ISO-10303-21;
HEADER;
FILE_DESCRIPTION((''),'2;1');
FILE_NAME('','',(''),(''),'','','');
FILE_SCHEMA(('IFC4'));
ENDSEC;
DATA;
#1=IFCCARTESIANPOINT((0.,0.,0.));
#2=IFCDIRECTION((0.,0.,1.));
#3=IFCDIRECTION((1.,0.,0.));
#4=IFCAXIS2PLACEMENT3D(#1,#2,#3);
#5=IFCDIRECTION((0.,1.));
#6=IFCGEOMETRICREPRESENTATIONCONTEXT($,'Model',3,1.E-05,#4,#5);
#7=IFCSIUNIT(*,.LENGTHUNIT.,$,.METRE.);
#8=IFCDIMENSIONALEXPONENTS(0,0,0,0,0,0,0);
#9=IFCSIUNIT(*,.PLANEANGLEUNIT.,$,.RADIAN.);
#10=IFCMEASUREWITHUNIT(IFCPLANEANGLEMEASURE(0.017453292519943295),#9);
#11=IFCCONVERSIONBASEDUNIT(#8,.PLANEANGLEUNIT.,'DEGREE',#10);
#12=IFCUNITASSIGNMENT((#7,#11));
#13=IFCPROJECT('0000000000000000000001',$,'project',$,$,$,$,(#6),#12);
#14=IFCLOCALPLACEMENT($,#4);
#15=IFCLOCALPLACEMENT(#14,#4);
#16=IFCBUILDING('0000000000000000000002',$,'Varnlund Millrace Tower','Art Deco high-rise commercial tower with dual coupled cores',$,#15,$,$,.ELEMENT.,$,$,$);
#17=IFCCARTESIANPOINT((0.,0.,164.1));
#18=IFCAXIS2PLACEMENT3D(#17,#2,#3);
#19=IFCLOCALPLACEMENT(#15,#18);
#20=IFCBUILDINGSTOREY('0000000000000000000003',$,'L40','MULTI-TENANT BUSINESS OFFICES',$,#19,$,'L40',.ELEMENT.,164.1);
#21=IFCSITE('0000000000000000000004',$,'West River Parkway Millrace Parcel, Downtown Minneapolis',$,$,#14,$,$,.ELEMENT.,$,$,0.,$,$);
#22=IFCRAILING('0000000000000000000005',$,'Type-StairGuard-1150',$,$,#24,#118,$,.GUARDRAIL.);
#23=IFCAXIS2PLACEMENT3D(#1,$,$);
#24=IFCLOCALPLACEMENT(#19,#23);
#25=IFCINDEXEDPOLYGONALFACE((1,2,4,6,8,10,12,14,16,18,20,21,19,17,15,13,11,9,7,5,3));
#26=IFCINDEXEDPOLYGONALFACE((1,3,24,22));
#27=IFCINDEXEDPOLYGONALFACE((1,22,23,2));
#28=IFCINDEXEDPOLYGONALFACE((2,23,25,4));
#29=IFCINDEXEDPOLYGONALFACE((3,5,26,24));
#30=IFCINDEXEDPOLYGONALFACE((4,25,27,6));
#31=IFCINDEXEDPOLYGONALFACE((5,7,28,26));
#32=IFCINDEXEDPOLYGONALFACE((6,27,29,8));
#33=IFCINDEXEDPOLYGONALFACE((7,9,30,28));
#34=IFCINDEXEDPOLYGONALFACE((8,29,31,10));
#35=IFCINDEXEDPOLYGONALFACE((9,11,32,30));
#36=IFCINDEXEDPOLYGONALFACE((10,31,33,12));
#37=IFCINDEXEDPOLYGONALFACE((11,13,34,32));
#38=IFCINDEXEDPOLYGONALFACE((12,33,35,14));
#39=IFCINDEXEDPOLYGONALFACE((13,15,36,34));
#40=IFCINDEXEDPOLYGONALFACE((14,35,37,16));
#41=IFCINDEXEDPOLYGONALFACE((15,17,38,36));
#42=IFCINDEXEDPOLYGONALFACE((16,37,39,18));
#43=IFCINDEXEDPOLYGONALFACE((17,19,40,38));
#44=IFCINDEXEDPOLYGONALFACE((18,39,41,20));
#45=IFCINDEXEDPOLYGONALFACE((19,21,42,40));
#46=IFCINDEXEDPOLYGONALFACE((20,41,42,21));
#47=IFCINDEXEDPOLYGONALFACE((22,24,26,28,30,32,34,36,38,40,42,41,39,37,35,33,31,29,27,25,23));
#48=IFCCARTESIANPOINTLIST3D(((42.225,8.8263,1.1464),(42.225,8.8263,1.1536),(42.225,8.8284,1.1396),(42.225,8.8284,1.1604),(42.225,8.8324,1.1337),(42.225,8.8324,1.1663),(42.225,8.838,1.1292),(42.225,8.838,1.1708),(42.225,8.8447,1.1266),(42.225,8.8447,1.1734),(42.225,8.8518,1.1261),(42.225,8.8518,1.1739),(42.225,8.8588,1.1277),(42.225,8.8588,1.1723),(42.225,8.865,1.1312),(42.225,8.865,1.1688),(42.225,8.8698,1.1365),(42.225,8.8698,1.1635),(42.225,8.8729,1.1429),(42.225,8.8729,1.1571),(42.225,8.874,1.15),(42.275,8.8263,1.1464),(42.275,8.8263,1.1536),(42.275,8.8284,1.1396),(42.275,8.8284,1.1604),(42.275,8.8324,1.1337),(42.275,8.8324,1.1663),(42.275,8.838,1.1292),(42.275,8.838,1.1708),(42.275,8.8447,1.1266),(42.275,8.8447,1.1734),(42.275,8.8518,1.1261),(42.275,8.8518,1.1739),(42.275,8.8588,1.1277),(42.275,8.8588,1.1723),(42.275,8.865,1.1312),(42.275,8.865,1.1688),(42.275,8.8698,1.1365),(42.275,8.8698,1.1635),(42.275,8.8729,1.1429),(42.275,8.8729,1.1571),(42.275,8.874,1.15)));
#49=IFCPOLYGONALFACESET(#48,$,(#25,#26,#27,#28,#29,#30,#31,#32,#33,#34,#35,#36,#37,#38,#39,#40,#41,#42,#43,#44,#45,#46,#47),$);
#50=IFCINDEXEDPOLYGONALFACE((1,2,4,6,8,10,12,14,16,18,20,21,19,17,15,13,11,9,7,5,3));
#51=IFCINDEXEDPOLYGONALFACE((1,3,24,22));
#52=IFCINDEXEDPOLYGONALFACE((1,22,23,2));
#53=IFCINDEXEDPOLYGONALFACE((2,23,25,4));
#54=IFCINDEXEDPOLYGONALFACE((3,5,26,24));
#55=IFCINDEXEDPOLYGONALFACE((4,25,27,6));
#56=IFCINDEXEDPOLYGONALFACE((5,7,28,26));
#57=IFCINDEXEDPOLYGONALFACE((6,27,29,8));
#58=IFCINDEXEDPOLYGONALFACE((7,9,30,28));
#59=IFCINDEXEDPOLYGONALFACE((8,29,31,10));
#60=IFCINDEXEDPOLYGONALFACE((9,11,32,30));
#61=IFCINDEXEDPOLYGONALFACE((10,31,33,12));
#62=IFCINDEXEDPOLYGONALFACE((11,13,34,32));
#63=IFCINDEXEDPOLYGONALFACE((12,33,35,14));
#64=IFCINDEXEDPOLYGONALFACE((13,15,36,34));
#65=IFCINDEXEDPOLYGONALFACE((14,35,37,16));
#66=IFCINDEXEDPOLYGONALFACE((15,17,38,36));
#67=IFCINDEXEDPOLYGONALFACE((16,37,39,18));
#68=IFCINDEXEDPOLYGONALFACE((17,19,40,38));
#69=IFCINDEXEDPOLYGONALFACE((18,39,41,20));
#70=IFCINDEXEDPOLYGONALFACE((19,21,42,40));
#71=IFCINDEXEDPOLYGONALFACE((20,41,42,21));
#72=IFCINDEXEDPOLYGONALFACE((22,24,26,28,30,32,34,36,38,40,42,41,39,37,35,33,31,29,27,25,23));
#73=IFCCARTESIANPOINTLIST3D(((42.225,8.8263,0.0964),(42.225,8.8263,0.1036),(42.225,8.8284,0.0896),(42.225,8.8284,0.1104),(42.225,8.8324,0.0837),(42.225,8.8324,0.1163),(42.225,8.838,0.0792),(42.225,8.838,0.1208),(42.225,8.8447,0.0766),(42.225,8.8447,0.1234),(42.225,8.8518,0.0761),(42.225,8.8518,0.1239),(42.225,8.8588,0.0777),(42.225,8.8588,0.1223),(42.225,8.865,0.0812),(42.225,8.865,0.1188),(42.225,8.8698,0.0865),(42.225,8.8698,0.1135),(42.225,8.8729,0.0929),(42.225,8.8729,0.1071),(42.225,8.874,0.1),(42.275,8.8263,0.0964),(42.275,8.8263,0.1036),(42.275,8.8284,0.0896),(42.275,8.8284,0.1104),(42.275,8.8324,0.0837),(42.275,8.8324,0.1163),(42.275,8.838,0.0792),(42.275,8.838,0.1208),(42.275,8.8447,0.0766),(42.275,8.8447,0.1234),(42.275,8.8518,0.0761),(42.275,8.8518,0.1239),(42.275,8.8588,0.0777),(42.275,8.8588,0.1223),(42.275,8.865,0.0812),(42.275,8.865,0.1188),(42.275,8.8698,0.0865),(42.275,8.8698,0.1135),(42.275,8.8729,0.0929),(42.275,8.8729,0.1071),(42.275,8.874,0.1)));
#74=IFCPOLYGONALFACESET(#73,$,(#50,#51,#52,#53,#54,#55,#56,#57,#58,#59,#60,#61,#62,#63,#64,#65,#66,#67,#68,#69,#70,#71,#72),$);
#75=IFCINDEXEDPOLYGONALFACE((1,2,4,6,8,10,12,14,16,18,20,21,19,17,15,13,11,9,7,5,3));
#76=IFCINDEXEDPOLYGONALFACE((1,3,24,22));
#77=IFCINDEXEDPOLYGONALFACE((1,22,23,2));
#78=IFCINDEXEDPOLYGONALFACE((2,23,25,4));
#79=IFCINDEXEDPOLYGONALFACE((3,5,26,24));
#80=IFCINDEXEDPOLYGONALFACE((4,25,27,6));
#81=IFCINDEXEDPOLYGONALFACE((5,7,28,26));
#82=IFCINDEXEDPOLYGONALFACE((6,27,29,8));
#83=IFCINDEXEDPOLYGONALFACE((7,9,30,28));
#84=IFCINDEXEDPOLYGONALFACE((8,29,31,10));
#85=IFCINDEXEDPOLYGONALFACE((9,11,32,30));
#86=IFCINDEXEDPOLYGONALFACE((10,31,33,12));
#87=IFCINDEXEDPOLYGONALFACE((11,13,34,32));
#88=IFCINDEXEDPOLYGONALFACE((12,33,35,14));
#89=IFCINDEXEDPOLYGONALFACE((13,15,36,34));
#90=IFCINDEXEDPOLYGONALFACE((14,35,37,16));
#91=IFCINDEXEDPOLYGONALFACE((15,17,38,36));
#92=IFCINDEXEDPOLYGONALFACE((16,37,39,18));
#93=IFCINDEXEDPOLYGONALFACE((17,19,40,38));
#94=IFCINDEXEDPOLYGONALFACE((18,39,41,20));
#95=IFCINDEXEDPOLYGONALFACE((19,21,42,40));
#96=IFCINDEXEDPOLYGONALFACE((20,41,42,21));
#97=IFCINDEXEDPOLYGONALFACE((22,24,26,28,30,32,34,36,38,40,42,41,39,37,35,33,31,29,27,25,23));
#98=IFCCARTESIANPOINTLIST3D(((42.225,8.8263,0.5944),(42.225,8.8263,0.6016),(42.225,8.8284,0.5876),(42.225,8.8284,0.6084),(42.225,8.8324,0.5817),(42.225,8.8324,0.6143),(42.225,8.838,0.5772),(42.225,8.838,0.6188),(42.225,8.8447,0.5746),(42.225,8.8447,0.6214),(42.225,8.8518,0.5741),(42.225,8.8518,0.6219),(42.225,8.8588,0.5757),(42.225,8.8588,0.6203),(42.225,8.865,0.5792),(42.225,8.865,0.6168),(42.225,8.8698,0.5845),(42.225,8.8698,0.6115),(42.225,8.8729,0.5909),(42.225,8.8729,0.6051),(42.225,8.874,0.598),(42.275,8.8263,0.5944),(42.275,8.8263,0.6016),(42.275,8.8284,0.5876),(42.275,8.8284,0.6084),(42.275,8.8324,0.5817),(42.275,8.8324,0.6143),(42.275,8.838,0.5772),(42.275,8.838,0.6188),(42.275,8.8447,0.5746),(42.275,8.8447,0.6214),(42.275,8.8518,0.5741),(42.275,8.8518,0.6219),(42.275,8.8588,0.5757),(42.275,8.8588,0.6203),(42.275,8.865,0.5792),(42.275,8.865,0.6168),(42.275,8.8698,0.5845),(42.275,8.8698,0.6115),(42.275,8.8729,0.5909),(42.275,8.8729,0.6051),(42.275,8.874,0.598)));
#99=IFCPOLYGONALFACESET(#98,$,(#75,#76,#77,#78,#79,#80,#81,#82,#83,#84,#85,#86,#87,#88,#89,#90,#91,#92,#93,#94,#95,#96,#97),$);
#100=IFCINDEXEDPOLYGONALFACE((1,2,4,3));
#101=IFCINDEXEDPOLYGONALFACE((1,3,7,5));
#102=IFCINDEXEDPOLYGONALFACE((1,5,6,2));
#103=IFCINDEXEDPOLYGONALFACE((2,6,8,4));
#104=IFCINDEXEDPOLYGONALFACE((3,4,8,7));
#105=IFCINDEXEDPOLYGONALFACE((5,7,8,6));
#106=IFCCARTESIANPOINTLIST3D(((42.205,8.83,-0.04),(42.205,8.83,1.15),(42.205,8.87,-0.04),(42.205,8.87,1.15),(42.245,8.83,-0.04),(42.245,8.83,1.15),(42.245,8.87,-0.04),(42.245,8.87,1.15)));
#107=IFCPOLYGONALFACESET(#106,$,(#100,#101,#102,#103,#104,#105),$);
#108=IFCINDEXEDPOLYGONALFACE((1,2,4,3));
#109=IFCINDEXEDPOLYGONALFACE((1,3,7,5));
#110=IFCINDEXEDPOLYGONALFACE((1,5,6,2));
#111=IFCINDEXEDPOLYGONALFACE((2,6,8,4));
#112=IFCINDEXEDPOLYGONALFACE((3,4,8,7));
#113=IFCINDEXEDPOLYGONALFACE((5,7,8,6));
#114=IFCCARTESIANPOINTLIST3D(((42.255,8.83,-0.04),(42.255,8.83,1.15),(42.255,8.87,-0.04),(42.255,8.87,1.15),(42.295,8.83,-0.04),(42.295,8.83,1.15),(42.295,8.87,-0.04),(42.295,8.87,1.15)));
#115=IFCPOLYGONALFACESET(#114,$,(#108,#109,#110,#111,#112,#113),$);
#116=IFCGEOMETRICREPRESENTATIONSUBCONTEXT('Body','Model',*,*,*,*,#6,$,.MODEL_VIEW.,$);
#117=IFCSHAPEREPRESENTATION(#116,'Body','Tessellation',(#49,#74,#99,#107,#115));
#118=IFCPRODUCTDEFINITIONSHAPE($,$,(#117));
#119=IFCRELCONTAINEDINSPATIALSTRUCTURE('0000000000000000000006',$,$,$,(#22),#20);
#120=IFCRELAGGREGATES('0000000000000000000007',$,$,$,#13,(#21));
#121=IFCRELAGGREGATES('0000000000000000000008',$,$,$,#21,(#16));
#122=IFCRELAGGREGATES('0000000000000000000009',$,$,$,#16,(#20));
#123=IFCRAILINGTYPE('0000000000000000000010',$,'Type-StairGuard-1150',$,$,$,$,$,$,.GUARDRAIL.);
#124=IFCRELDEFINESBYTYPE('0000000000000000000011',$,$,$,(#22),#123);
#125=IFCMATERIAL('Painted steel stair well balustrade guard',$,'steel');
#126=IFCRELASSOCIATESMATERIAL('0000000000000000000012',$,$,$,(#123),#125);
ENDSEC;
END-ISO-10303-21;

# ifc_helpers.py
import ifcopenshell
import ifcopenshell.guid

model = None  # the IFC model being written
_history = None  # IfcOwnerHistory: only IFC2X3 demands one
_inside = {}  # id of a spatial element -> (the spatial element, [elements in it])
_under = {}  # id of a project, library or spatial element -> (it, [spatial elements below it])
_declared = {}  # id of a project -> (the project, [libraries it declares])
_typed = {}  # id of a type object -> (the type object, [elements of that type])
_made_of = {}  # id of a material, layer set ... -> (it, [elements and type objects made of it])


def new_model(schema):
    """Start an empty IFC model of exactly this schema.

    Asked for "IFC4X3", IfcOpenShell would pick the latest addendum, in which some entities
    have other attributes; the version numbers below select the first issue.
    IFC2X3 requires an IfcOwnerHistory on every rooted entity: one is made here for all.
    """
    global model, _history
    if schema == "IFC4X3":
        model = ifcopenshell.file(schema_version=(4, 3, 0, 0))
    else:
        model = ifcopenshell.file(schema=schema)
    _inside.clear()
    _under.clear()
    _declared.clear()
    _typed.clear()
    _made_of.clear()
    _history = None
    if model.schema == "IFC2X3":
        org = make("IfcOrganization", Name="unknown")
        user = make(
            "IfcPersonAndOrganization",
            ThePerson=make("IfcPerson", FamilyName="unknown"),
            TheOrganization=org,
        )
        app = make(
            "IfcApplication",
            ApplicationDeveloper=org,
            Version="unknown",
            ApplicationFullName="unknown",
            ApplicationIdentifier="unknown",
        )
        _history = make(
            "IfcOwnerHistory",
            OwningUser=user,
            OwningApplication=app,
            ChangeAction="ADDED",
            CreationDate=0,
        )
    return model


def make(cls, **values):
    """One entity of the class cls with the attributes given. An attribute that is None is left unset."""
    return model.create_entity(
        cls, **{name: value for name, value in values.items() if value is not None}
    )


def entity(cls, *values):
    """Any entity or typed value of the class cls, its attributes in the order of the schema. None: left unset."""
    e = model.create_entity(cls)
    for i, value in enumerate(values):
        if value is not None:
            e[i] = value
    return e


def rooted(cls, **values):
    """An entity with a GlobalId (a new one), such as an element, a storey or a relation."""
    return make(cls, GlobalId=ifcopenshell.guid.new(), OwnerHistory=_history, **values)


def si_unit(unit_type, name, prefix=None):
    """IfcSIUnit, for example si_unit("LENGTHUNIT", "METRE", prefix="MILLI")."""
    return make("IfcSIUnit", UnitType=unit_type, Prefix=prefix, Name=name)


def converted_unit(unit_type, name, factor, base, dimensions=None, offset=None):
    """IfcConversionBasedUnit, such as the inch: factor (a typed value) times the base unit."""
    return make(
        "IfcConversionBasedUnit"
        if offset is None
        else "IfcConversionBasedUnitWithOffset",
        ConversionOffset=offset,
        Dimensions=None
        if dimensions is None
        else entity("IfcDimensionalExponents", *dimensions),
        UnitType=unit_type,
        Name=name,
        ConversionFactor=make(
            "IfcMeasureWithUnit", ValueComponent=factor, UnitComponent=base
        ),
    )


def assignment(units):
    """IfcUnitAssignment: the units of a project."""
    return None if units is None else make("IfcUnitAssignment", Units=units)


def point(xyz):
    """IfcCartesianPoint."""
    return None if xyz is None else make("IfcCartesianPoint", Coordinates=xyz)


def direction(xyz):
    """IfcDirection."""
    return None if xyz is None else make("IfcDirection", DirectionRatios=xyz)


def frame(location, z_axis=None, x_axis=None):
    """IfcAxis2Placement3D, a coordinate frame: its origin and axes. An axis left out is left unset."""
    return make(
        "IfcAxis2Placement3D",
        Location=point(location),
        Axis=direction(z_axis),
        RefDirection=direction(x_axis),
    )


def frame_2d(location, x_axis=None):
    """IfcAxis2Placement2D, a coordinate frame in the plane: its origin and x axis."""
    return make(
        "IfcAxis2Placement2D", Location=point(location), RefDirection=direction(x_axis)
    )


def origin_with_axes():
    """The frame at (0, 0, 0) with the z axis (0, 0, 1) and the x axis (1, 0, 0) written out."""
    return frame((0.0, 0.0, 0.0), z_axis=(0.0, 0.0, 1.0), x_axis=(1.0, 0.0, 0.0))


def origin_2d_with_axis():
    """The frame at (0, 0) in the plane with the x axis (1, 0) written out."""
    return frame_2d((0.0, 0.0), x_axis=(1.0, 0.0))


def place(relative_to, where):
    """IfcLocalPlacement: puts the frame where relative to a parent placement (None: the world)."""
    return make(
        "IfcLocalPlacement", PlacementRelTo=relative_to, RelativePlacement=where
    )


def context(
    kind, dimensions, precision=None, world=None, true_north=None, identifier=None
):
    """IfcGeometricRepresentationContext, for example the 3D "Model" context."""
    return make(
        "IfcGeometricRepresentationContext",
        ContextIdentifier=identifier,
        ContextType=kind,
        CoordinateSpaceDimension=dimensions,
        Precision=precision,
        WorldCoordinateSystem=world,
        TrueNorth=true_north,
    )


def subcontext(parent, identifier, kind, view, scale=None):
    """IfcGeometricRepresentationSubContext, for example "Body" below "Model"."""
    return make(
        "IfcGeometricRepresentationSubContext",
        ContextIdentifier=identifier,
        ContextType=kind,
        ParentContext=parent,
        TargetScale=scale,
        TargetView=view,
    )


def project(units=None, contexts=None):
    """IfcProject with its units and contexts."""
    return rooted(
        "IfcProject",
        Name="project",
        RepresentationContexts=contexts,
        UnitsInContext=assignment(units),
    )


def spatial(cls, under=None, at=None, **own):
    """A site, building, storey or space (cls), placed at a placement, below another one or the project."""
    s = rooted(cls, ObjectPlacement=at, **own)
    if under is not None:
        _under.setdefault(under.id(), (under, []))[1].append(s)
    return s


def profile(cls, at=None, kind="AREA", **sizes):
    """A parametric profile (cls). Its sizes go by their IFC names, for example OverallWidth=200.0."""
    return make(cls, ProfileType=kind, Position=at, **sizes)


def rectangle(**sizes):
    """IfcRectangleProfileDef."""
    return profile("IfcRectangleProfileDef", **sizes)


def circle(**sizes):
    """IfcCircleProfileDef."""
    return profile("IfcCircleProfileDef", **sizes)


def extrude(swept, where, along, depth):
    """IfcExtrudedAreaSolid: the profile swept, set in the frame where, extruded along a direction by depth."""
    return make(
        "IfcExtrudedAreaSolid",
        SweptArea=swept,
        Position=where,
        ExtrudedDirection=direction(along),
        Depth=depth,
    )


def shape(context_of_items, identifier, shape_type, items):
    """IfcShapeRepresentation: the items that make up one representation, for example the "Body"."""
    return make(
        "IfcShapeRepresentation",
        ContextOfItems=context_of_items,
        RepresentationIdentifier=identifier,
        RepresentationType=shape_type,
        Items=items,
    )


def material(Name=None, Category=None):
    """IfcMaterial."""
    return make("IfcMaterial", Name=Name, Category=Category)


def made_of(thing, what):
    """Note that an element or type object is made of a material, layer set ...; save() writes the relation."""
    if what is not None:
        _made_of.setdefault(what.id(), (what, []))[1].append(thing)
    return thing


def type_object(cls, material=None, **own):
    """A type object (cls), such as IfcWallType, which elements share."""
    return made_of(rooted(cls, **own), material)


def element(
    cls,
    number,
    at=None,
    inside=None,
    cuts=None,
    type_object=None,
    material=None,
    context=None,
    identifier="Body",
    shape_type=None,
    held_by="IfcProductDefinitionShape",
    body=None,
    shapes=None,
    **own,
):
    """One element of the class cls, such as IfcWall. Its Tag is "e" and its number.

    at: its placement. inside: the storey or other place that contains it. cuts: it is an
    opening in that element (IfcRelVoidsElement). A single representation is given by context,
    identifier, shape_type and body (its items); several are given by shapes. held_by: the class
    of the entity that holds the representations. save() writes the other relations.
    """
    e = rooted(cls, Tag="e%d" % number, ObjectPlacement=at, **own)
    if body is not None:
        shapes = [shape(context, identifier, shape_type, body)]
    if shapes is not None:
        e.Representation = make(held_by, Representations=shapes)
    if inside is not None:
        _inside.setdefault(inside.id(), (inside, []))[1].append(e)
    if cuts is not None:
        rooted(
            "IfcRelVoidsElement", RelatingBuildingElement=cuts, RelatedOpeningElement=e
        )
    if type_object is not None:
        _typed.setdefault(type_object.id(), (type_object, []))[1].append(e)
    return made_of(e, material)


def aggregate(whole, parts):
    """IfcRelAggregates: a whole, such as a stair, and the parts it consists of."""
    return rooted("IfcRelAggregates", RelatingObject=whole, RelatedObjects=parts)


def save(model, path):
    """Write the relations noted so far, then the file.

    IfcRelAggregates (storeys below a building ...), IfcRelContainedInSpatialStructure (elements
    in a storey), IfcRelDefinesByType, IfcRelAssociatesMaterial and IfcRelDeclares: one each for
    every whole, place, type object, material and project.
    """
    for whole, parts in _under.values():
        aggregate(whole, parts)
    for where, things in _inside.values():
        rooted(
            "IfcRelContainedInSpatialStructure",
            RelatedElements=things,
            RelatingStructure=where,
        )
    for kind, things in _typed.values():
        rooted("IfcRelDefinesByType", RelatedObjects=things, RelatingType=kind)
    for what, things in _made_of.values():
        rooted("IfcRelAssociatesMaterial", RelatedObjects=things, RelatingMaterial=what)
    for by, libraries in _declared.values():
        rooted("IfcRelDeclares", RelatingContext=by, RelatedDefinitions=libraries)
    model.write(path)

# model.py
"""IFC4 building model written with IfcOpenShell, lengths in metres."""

from ifc_helpers import new_model, entity, si_unit, converted_unit, direction, frame, origin_with_axes, origin_2d_with_axis, place, context, subcontext, project, spatial, rectangle, circle, extrude, material, type_object, element, save


model = new_model("IFC4")

# Units and contexts
model_context = context("Model", 3, precision=1e-05, world=origin_with_axes(), true_north=direction((0.0, 1.0)))
body_context = subcontext(model_context, "Body", "Model", "MODEL_VIEW")
ifc_project = project(units=[si_unit("LENGTHUNIT", "METRE"), converted_unit("PLANEANGLEUNIT", "DEGREE", entity("IfcPlaneAngleMeasure", 0.017453292519943295), si_unit("PLANEANGLEUNIT", "RADIAN"), dimensions=[0, 0, 0, 0, 0, 0, 0])], contexts=[model_context])

# Site, building, storey
site_placement = place(None, origin_with_axes())
site = spatial("IfcSite", under=ifc_project, at=site_placement, Name="West River Parkway Millrace Parcel, Downtown Minneapolis", CompositionType="ELEMENT", RefElevation=0.0)
building_placement = place(site_placement, origin_with_axes())
building = spatial("IfcBuilding", under=site, at=building_placement, Name="Varnlund Millrace Tower", Description="Art Deco high-rise commercial tower with dual coupled cores", CompositionType="ELEMENT")
storey_placement = place(building_placement, frame((0.0, 0.0, 164.1), z_axis=(0.0, 0.0, 1.0), x_axis=(1.0, 0.0, 0.0)))
storey = spatial("IfcBuildingStorey", under=building, at=storey_placement, Name="L40", Description="MULTI-TENANT BUSINESS OFFICES", LongName="L40", CompositionType="ELEMENT", Elevation=164.1)

# Railing
ifc_material_1 = material(Name="Painted steel stair well balustrade guard", Category="steel")
railing_type_1 = type_object("IfcRailingType", Name="Type-StairGuard-1150", PredefinedType="GUARDRAIL", material=ifc_material_1)
railing_1_placement = place(storey_placement, frame((0.0, 0.0, -164.1), z_axis=(0.0, 0.0, 1.0), x_axis=(1.0, 0.0, 0.0)))
element("IfcRailing", 1, at=railing_1_placement, inside=storey, type_object=railing_type_1, Name="Type-StairGuard-1150", PredefinedType="GUARDRAIL", context=body_context, shape_type="SweptSolid", body=[
    extrude(circle(Radius=0.024, at=origin_2d_with_axis()), frame((42.225, 8.85, 165.25), z_axis=(1.0, 0.0, 0.0), x_axis=(0.0, 1.0, 0.0)), (0.0, 0.0, 1.0), 0.05),
    extrude(circle(Radius=0.024, at=origin_2d_with_axis()), frame((42.225, 8.85, 164.2), z_axis=(1.0, 0.0, 0.0), x_axis=(0.0, 1.0, 0.0)), (0.0, 0.0, 1.0), 0.05),
    extrude(circle(Radius=0.024, at=origin_2d_with_axis()), frame((42.225, 8.85, 164.698), z_axis=(1.0, 0.0, 0.0), x_axis=(0.0, 1.0, 0.0)), (0.0, 0.0, 1.0), 0.05),
    extrude(rectangle(XDim=0.04, YDim=0.04, at=origin_2d_with_axis()), frame((42.225, 8.85, 164.06), z_axis=(0.0, 0.0, 1.0), x_axis=(1.0, 0.0, 0.0)), (0.0, 0.0, 1.0), 1.19),
    extrude(rectangle(XDim=0.04, YDim=0.04, at=origin_2d_with_axis()), frame((42.275, 8.85, 164.06), z_axis=(0.0, 0.0, 1.0), x_axis=(1.0, 0.0, 0.0)), (0.0, 0.0, 1.0), 1.19),
])

save(model, "model.ifc")
